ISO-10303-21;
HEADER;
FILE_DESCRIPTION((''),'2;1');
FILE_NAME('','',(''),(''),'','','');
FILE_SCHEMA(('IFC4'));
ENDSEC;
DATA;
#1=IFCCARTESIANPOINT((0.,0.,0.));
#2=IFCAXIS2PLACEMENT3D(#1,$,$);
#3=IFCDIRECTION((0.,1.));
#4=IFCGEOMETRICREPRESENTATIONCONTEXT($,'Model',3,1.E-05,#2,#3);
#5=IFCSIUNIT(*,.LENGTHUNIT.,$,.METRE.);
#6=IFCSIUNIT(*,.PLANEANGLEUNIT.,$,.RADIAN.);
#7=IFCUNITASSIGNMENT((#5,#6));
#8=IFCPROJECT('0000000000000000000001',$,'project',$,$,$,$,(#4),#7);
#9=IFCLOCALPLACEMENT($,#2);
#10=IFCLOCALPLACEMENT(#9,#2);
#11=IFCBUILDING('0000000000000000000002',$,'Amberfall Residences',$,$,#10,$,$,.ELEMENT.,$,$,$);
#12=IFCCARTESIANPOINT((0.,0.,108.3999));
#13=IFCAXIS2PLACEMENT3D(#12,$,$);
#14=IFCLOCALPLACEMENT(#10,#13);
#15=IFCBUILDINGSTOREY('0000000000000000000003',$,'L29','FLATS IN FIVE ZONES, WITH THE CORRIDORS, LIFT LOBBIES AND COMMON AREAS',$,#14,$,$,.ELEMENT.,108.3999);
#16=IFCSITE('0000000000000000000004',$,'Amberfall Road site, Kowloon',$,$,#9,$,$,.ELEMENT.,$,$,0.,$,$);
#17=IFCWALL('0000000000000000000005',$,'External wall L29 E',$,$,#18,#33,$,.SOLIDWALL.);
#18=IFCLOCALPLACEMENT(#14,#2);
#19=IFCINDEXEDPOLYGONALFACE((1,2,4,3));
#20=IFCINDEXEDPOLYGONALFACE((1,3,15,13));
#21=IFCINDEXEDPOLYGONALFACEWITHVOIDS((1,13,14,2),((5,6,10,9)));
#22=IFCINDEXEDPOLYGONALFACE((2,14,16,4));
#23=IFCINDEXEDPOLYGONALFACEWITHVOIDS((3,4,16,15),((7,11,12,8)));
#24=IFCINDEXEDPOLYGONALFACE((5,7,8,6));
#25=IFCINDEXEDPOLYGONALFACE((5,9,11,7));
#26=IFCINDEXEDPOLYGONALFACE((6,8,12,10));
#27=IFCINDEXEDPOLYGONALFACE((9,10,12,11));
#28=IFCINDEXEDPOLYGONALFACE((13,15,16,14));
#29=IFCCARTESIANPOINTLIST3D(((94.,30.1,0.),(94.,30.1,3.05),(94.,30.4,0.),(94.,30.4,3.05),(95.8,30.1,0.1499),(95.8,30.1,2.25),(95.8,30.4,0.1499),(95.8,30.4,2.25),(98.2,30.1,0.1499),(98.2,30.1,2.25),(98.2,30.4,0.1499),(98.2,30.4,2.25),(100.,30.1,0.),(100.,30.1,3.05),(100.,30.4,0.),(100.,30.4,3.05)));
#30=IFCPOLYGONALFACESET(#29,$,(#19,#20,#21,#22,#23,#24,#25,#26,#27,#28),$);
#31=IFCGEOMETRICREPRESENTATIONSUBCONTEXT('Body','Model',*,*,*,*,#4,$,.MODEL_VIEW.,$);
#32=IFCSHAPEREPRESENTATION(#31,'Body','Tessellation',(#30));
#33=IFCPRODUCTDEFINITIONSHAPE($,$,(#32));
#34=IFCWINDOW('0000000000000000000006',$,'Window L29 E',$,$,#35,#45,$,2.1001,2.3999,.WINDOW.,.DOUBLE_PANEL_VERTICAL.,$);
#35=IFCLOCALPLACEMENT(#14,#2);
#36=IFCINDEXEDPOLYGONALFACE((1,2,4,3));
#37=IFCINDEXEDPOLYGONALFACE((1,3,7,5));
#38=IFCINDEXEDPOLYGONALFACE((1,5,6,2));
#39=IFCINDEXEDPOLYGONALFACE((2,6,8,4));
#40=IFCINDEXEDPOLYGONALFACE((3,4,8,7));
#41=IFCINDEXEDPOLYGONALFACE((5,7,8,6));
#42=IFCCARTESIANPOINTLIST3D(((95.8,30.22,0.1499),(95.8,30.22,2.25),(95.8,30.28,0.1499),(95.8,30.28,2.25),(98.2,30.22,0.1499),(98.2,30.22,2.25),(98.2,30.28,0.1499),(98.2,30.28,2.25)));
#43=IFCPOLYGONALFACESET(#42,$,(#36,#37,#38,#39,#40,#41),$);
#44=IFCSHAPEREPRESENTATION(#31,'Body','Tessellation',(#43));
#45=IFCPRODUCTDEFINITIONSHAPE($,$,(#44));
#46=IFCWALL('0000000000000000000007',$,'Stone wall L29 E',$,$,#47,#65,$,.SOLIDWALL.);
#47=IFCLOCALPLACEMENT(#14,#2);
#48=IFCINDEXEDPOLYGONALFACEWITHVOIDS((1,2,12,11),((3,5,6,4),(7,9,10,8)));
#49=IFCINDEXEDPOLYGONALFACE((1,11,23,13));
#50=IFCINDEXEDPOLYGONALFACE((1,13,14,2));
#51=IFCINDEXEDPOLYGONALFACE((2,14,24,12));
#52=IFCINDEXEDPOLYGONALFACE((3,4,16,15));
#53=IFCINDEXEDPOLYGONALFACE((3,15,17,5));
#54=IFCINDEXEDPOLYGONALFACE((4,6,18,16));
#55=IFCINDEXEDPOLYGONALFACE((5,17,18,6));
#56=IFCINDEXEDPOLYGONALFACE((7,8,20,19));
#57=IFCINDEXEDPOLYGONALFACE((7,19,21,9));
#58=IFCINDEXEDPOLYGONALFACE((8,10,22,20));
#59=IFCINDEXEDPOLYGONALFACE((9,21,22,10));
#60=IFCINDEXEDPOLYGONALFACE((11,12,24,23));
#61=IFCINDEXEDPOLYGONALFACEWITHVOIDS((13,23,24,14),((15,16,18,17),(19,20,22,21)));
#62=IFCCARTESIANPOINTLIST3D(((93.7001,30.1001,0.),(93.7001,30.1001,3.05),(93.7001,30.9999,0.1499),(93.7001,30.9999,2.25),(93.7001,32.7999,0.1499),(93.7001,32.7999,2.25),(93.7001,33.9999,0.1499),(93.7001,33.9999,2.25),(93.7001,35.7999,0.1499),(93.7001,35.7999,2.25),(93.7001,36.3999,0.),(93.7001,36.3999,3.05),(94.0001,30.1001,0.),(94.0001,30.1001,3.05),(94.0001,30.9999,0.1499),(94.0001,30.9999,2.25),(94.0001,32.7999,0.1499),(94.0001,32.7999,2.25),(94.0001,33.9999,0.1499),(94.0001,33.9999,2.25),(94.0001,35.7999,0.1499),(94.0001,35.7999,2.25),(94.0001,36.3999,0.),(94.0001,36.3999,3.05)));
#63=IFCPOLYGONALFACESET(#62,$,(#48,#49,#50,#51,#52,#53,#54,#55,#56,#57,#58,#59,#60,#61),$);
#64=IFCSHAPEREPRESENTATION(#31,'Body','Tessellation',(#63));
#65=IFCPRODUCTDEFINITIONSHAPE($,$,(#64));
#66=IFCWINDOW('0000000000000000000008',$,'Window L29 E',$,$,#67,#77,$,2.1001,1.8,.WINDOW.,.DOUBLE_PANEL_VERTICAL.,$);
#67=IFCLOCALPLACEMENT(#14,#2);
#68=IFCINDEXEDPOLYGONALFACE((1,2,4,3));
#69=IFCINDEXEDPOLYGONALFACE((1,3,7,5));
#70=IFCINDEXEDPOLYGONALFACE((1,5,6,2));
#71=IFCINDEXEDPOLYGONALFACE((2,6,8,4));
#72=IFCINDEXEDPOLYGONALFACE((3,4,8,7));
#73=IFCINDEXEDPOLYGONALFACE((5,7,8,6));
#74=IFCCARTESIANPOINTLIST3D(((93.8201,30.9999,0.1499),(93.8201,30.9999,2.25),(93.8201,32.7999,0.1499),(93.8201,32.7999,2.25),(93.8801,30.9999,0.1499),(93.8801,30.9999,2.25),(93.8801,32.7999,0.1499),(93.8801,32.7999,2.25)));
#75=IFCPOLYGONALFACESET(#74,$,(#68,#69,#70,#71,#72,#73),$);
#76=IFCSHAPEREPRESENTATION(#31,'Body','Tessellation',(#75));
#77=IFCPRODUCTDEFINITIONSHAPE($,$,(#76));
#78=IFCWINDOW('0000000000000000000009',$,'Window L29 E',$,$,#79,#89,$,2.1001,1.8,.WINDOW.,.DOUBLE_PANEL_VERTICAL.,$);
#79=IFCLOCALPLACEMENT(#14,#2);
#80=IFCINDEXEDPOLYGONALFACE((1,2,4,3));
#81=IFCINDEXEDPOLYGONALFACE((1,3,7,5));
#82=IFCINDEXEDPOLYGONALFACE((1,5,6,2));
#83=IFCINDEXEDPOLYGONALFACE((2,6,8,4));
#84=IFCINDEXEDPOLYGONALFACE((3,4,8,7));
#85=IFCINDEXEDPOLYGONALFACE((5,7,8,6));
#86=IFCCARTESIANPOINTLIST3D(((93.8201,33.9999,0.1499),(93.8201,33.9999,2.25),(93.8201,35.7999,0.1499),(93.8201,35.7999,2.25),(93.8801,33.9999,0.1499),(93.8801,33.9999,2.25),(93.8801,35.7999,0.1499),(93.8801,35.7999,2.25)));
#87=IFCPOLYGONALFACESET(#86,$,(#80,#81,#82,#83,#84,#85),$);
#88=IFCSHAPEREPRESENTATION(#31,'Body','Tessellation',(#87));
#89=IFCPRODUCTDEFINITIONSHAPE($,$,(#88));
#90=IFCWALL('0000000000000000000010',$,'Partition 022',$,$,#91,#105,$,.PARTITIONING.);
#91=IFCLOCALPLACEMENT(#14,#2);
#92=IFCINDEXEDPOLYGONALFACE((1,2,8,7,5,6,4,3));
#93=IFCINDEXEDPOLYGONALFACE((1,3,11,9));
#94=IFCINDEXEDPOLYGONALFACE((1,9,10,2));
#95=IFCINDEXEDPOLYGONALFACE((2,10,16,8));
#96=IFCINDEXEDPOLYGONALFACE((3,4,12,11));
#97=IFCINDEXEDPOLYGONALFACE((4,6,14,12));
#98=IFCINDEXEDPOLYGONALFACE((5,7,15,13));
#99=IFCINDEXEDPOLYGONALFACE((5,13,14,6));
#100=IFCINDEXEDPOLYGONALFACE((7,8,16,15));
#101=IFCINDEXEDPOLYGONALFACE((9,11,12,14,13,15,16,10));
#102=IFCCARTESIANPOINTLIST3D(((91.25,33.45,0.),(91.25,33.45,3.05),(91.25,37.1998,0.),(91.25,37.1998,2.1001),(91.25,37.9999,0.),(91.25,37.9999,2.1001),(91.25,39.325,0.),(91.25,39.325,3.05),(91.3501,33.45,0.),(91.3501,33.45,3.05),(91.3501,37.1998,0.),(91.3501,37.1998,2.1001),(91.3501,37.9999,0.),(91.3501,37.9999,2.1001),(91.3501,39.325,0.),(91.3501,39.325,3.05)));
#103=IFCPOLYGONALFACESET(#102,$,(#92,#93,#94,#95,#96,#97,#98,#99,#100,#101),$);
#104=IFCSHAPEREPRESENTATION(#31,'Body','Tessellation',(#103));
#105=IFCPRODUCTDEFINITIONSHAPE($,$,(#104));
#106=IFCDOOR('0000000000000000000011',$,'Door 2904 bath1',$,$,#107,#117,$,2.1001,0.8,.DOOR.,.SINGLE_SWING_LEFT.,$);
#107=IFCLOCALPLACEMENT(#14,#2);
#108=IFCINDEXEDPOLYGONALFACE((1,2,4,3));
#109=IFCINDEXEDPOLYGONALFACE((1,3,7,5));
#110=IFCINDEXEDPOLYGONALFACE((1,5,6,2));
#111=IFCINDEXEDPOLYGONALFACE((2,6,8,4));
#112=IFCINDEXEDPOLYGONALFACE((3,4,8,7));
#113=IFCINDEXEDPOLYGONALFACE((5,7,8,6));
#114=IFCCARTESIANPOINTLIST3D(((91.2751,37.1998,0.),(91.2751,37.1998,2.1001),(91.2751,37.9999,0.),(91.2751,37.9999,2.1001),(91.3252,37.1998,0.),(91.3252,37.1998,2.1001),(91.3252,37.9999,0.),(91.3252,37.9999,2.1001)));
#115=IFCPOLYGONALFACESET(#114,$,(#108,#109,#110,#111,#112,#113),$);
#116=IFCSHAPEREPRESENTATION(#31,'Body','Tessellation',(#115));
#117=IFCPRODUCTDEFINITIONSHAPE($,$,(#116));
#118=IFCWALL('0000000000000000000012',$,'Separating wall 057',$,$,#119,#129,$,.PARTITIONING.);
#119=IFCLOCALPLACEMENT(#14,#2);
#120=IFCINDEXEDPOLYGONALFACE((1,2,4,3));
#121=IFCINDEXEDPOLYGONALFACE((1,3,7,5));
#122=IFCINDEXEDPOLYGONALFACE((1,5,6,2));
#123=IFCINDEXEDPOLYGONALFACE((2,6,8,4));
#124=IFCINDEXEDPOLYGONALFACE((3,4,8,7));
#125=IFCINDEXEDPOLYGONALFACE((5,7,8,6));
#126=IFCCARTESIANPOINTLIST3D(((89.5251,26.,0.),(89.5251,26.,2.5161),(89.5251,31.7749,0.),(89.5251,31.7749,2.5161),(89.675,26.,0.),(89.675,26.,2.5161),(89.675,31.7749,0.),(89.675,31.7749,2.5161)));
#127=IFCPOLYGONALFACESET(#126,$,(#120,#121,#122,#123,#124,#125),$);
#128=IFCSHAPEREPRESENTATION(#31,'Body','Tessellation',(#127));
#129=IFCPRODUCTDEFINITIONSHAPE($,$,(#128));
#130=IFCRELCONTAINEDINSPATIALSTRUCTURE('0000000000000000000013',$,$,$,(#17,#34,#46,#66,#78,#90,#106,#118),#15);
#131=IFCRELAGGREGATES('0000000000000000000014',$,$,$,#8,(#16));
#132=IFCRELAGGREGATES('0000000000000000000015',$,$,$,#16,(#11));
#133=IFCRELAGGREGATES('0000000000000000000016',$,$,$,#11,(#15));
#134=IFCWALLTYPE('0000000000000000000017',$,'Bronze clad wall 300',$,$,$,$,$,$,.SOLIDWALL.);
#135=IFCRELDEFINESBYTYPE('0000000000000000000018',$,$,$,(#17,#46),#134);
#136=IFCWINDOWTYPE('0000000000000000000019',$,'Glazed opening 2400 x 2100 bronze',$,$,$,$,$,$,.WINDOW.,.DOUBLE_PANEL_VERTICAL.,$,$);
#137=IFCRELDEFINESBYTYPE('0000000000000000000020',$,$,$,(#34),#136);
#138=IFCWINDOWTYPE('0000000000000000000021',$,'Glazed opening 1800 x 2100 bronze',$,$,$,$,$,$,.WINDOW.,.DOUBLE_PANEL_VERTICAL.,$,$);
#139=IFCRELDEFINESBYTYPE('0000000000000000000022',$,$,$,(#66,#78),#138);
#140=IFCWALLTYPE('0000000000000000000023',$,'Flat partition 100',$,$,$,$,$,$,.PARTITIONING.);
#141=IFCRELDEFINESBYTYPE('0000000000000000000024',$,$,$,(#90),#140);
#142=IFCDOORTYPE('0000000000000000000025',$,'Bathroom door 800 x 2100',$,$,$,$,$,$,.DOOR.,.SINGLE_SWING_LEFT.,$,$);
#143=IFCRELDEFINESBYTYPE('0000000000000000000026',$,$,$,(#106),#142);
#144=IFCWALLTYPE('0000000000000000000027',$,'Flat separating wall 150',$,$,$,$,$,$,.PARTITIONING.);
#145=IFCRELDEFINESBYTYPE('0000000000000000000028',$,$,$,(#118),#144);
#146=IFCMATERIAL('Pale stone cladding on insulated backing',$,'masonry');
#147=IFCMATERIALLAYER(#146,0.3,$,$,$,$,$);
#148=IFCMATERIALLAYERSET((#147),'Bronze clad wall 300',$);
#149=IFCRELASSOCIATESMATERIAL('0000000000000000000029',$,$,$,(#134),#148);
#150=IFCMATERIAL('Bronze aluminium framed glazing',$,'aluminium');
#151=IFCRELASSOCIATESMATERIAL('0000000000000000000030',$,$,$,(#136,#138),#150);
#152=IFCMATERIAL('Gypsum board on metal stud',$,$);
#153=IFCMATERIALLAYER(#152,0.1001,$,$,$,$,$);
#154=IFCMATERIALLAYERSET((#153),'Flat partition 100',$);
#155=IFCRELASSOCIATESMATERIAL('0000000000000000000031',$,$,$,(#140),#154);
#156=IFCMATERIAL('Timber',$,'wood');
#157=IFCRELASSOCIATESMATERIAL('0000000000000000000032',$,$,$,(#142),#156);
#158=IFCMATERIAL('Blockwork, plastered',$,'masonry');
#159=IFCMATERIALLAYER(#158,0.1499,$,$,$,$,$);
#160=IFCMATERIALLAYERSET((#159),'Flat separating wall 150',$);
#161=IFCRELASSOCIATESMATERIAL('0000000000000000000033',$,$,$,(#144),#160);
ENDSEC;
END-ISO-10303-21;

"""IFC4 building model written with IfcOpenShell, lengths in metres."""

from ifc_helpers import new_model, si_unit, direction, frame, frame_2d, origin, place, context, subcontext, project, spatial, rectangle, extrude, material, layer, layer_set, type_object, element, fill, save


model = new_model("IFC4")

# Units and contexts
model_context = context("Model", 3, precision=1e-05, world=origin(), true_north=direction((0.0, 1.0)))
body_context = subcontext(model_context, "Body", "Model", "MODEL_VIEW")
ifc_project = project(units=[si_unit("LENGTHUNIT", "METRE"), si_unit("PLANEANGLEUNIT", "RADIAN")], contexts=[model_context])

# Site, building, storey
site_placement = place(None, origin())
site = spatial("IfcSite", under=ifc_project, at=site_placement, Name="Amberfall Road site, Kowloon", CompositionType="ELEMENT", RefElevation=0.0)
building_placement = place(site_placement, origin())
building = spatial("IfcBuilding", under=site, at=building_placement, Name="Amberfall Residences", CompositionType="ELEMENT")
storey_placement = place(building_placement, frame((0.0, 0.0, 108.3999)))
storey = spatial("IfcBuildingStorey", under=building, at=storey_placement, Name="L29", Description="FLATS IN FIVE ZONES, WITH THE CORRIDORS, LIFT LOBBIES AND COMMON AREAS", CompositionType="ELEMENT", Elevation=108.3999)

# Wall, opening, window
ifc_material_1 = material(Name="Pale stone cladding on insulated backing", Category="masonry")
ifc_layer_1 = layer(ifc_material_1, 0.3)
ifc_layer_set_1 = layer_set([ifc_layer_1], Name="Bronze clad wall 300")
wall_type_1 = type_object("IfcWallType", Name="Bronze clad wall 300", PredefinedType="SOLIDWALL", material=ifc_layer_set_1)
wall_1_placement = place(storey_placement, frame((100.0, 30.25, 0.0), z_axis=(0.0, 0.0, 1.0), x_axis=(-1.0, 0.0, 0.0)))
wall_1 = element("IfcWall", 1, at=wall_1_placement, inside=storey, type_object=wall_type_1, Name="External wall L29 E", PredefinedType="SOLIDWALL", context=body_context, shape_type="SweptSolid", body=[
    extrude(rectangle(XDim=6.0, YDim=0.3, at=frame_2d((3.0, 0.0))), origin(), (0.0, 0.0, 1.0), 3.05),
])
opening_1_placement = place(wall_1_placement, frame((1.8, 0.0, 0.1499)))
opening_1 = element("IfcOpeningElement", 2, at=opening_1_placement, cuts=wall_1, PredefinedType="OPENING", context=body_context, shape_type="SweptSolid", body=[
    extrude(rectangle(XDim=2.3999, YDim=2.1001, at=frame_2d((1.2, 1.05))), frame((0.0, 0.1599, 0.0), z_axis=(0.0, -1.0, 0.0), x_axis=(1.0, 0.0, 0.0)), (0.0, 0.0, 1.0), 0.3201),
])
ifc_material_2 = material(Name="Bronze aluminium framed glazing", Category="aluminium")
window_type_1 = type_object("IfcWindowType", Name="Glazed opening 2400 x 2100 bronze", PartitioningType="DOUBLE_PANEL_VERTICAL", PredefinedType="WINDOW", material=ifc_material_2)
window_1_placement = place(opening_1_placement, origin())
window_1 = element("IfcWindow", 3, at=window_1_placement, inside=storey, type_object=window_type_1, Name="Window L29 E", OverallHeight=2.1001, OverallWidth=2.3999, PartitioningType="DOUBLE_PANEL_VERTICAL", PredefinedType="WINDOW", context=body_context, shape_type="SweptSolid", body=[
    extrude(rectangle(XDim=2.3999, YDim=2.1001, at=frame_2d((1.2, 1.05))), frame((0.0, 0.03, 0.0), z_axis=(0.0, -1.0, 0.0), x_axis=(1.0, 0.0, 0.0)), (0.0, 0.0, 1.0), 0.0601),
])
fill(opening_1, window_1)

# Wall, openings, windows
wall_2_placement = place(storey_placement, frame((93.8501, 30.1001, 0.0), z_axis=(0.0, 0.0, 1.0), x_axis=(0.0, 1.0, 0.0)))
wall_2 = element("IfcWall", 4, at=wall_2_placement, inside=storey, type_object=wall_type_1, Name="Stone wall L29 E", PredefinedType="SOLIDWALL", context=body_context, shape_type="SweptSolid", body=[
    extrude(rectangle(XDim=6.2998, YDim=0.3, at=frame_2d((3.1499, 0.0))), origin(), (0.0, 0.0, 1.0), 3.05),
])
opening_2_placement = place(wall_2_placement, frame((0.8999, 0.0, 0.1499)))
opening_2 = element("IfcOpeningElement", 5, at=opening_2_placement, cuts=wall_2, PredefinedType="OPENING", context=body_context, shape_type="SweptSolid", body=[
    extrude(rectangle(XDim=1.8, YDim=2.1001, at=frame_2d((0.8999, 1.05))), frame((0.0, 0.1599, 0.0), z_axis=(0.0, -1.0, 0.0), x_axis=(1.0, 0.0, 0.0)), (0.0, 0.0, 1.0), 0.3201),
])
opening_3_placement = place(wall_2_placement, frame((3.8999, 0.0, 0.1499)))
opening_3 = element("IfcOpeningElement", 6, at=opening_3_placement, cuts=wall_2, PredefinedType="OPENING", context=body_context, shape_type="SweptSolid", body=[
    extrude(rectangle(XDim=1.8, YDim=2.1001, at=frame_2d((0.8999, 1.05))), frame((0.0, 0.1599, 0.0), z_axis=(0.0, -1.0, 0.0), x_axis=(1.0, 0.0, 0.0)), (0.0, 0.0, 1.0), 0.3201),
])
window_type_2 = type_object("IfcWindowType", Name="Glazed opening 1800 x 2100 bronze", PartitioningType="DOUBLE_PANEL_VERTICAL", PredefinedType="WINDOW", material=ifc_material_2)
window_2_placement = place(opening_2_placement, origin())
window_2 = element("IfcWindow", 7, at=window_2_placement, inside=storey, type_object=window_type_2, Name="Window L29 E", OverallHeight=2.1001, OverallWidth=1.8, PartitioningType="DOUBLE_PANEL_VERTICAL", PredefinedType="WINDOW", context=body_context, shape_type="SweptSolid", body=[
    extrude(rectangle(XDim=1.8, YDim=2.1001, at=frame_2d((0.8999, 1.05))), frame((0.0, 0.03, 0.0), z_axis=(0.0, -1.0, 0.0), x_axis=(1.0, 0.0, 0.0)), (0.0, 0.0, 1.0), 0.0601),
])
fill(opening_2, window_2)
window_3_placement = place(opening_3_placement, origin())
window_3 = element("IfcWindow", 8, at=window_3_placement, inside=storey, type_object=window_type_2, Name="Window L29 E", OverallHeight=2.1001, OverallWidth=1.8, PartitioningType="DOUBLE_PANEL_VERTICAL", PredefinedType="WINDOW", context=body_context, shape_type="SweptSolid", body=[
    extrude(rectangle(XDim=1.8, YDim=2.1001, at=frame_2d((0.8999, 1.05))), frame((0.0, 0.03, 0.0), z_axis=(0.0, -1.0, 0.0), x_axis=(1.0, 0.0, 0.0)), (0.0, 0.0, 1.0), 0.0601),
])
fill(opening_3, window_3)

# Wall, opening, door
ifc_material_3 = material(Name="Gypsum board on metal stud")
ifc_layer_2 = layer(ifc_material_3, 0.1001)
ifc_layer_set_2 = layer_set([ifc_layer_2], Name="Flat partition 100")
wall_type_2 = type_object("IfcWallType", Name="Flat partition 100", PredefinedType="PARTITIONING", material=ifc_layer_set_2)
wall_3_placement = place(storey_placement, frame((91.3, 33.45, 0.0), z_axis=(0.0, 0.0, 1.0), x_axis=(0.0, 1.0, 0.0)))
wall_3 = element("IfcWall", 9, at=wall_3_placement, inside=storey, type_object=wall_type_2, Name="Partition 022", PredefinedType="PARTITIONING", context=body_context, shape_type="SweptSolid", body=[
    extrude(rectangle(XDim=5.875, YDim=0.1001, at=frame_2d((2.9375, 0.0))), origin(), (0.0, 0.0, 1.0), 3.05),
])
opening_4_placement = place(wall_3_placement, frame((3.75, 0.0, 0.0)))
opening_4 = element("IfcOpeningElement", 10, at=opening_4_placement, cuts=wall_3, PredefinedType="OPENING", context=body_context, shape_type="SweptSolid", body=[
    extrude(rectangle(XDim=0.8, YDim=2.1001, at=frame_2d((0.3999, 1.05))), frame((0.0, 0.0601, 0.0), z_axis=(0.0, -1.0, 0.0), x_axis=(1.0, 0.0, 0.0)), (0.0, 0.0, 1.0), 0.1201),
])
ifc_material_4 = material(Name="Timber", Category="wood")
door_type_1 = type_object("IfcDoorType", Name="Bathroom door 800 x 2100", OperationType="SINGLE_SWING_LEFT", PredefinedType="DOOR", material=ifc_material_4)
door_1_placement = place(opening_4_placement, origin())
door_1 = element("IfcDoor", 11, at=door_1_placement, inside=storey, type_object=door_type_1, Name="Door 2904 bath1", OperationType="SINGLE_SWING_LEFT", OverallHeight=2.1001, OverallWidth=0.8, PredefinedType="DOOR", context=body_context, shape_type="SweptSolid", body=[
    extrude(rectangle(XDim=0.8, YDim=2.1001, at=frame_2d((0.3999, 1.05))), frame((0.0, 0.0249, 0.0), z_axis=(0.0, -1.0, 0.0), x_axis=(1.0, 0.0, 0.0)), (0.0, 0.0, 1.0), 0.05),
])
fill(opening_4, door_1)

# Wall
ifc_material_5 = material(Name="Blockwork, plastered", Category="masonry")
ifc_layer_3 = layer(ifc_material_5, 0.1499)
ifc_layer_set_3 = layer_set([ifc_layer_3], Name="Flat separating wall 150")
wall_type_3 = type_object("IfcWallType", Name="Flat separating wall 150", PredefinedType="PARTITIONING", material=ifc_layer_set_3)
wall_4_placement = place(storey_placement, frame((89.6001, 26.0, 0.0), z_axis=(0.0, 0.0, 1.0), x_axis=(0.0, 1.0, 0.0)))
element("IfcWall", 12, at=wall_4_placement, inside=storey, type_object=wall_type_3, Name="Separating wall 057", PredefinedType="PARTITIONING", context=body_context, shape_type="SweptSolid", body=[
    extrude(rectangle(XDim=5.7749, YDim=0.1499, at=frame_2d((2.8875, 0.0))), origin(), (0.0, 0.0, 1.0), 2.5161),
])

save(model, "model.ifc")
